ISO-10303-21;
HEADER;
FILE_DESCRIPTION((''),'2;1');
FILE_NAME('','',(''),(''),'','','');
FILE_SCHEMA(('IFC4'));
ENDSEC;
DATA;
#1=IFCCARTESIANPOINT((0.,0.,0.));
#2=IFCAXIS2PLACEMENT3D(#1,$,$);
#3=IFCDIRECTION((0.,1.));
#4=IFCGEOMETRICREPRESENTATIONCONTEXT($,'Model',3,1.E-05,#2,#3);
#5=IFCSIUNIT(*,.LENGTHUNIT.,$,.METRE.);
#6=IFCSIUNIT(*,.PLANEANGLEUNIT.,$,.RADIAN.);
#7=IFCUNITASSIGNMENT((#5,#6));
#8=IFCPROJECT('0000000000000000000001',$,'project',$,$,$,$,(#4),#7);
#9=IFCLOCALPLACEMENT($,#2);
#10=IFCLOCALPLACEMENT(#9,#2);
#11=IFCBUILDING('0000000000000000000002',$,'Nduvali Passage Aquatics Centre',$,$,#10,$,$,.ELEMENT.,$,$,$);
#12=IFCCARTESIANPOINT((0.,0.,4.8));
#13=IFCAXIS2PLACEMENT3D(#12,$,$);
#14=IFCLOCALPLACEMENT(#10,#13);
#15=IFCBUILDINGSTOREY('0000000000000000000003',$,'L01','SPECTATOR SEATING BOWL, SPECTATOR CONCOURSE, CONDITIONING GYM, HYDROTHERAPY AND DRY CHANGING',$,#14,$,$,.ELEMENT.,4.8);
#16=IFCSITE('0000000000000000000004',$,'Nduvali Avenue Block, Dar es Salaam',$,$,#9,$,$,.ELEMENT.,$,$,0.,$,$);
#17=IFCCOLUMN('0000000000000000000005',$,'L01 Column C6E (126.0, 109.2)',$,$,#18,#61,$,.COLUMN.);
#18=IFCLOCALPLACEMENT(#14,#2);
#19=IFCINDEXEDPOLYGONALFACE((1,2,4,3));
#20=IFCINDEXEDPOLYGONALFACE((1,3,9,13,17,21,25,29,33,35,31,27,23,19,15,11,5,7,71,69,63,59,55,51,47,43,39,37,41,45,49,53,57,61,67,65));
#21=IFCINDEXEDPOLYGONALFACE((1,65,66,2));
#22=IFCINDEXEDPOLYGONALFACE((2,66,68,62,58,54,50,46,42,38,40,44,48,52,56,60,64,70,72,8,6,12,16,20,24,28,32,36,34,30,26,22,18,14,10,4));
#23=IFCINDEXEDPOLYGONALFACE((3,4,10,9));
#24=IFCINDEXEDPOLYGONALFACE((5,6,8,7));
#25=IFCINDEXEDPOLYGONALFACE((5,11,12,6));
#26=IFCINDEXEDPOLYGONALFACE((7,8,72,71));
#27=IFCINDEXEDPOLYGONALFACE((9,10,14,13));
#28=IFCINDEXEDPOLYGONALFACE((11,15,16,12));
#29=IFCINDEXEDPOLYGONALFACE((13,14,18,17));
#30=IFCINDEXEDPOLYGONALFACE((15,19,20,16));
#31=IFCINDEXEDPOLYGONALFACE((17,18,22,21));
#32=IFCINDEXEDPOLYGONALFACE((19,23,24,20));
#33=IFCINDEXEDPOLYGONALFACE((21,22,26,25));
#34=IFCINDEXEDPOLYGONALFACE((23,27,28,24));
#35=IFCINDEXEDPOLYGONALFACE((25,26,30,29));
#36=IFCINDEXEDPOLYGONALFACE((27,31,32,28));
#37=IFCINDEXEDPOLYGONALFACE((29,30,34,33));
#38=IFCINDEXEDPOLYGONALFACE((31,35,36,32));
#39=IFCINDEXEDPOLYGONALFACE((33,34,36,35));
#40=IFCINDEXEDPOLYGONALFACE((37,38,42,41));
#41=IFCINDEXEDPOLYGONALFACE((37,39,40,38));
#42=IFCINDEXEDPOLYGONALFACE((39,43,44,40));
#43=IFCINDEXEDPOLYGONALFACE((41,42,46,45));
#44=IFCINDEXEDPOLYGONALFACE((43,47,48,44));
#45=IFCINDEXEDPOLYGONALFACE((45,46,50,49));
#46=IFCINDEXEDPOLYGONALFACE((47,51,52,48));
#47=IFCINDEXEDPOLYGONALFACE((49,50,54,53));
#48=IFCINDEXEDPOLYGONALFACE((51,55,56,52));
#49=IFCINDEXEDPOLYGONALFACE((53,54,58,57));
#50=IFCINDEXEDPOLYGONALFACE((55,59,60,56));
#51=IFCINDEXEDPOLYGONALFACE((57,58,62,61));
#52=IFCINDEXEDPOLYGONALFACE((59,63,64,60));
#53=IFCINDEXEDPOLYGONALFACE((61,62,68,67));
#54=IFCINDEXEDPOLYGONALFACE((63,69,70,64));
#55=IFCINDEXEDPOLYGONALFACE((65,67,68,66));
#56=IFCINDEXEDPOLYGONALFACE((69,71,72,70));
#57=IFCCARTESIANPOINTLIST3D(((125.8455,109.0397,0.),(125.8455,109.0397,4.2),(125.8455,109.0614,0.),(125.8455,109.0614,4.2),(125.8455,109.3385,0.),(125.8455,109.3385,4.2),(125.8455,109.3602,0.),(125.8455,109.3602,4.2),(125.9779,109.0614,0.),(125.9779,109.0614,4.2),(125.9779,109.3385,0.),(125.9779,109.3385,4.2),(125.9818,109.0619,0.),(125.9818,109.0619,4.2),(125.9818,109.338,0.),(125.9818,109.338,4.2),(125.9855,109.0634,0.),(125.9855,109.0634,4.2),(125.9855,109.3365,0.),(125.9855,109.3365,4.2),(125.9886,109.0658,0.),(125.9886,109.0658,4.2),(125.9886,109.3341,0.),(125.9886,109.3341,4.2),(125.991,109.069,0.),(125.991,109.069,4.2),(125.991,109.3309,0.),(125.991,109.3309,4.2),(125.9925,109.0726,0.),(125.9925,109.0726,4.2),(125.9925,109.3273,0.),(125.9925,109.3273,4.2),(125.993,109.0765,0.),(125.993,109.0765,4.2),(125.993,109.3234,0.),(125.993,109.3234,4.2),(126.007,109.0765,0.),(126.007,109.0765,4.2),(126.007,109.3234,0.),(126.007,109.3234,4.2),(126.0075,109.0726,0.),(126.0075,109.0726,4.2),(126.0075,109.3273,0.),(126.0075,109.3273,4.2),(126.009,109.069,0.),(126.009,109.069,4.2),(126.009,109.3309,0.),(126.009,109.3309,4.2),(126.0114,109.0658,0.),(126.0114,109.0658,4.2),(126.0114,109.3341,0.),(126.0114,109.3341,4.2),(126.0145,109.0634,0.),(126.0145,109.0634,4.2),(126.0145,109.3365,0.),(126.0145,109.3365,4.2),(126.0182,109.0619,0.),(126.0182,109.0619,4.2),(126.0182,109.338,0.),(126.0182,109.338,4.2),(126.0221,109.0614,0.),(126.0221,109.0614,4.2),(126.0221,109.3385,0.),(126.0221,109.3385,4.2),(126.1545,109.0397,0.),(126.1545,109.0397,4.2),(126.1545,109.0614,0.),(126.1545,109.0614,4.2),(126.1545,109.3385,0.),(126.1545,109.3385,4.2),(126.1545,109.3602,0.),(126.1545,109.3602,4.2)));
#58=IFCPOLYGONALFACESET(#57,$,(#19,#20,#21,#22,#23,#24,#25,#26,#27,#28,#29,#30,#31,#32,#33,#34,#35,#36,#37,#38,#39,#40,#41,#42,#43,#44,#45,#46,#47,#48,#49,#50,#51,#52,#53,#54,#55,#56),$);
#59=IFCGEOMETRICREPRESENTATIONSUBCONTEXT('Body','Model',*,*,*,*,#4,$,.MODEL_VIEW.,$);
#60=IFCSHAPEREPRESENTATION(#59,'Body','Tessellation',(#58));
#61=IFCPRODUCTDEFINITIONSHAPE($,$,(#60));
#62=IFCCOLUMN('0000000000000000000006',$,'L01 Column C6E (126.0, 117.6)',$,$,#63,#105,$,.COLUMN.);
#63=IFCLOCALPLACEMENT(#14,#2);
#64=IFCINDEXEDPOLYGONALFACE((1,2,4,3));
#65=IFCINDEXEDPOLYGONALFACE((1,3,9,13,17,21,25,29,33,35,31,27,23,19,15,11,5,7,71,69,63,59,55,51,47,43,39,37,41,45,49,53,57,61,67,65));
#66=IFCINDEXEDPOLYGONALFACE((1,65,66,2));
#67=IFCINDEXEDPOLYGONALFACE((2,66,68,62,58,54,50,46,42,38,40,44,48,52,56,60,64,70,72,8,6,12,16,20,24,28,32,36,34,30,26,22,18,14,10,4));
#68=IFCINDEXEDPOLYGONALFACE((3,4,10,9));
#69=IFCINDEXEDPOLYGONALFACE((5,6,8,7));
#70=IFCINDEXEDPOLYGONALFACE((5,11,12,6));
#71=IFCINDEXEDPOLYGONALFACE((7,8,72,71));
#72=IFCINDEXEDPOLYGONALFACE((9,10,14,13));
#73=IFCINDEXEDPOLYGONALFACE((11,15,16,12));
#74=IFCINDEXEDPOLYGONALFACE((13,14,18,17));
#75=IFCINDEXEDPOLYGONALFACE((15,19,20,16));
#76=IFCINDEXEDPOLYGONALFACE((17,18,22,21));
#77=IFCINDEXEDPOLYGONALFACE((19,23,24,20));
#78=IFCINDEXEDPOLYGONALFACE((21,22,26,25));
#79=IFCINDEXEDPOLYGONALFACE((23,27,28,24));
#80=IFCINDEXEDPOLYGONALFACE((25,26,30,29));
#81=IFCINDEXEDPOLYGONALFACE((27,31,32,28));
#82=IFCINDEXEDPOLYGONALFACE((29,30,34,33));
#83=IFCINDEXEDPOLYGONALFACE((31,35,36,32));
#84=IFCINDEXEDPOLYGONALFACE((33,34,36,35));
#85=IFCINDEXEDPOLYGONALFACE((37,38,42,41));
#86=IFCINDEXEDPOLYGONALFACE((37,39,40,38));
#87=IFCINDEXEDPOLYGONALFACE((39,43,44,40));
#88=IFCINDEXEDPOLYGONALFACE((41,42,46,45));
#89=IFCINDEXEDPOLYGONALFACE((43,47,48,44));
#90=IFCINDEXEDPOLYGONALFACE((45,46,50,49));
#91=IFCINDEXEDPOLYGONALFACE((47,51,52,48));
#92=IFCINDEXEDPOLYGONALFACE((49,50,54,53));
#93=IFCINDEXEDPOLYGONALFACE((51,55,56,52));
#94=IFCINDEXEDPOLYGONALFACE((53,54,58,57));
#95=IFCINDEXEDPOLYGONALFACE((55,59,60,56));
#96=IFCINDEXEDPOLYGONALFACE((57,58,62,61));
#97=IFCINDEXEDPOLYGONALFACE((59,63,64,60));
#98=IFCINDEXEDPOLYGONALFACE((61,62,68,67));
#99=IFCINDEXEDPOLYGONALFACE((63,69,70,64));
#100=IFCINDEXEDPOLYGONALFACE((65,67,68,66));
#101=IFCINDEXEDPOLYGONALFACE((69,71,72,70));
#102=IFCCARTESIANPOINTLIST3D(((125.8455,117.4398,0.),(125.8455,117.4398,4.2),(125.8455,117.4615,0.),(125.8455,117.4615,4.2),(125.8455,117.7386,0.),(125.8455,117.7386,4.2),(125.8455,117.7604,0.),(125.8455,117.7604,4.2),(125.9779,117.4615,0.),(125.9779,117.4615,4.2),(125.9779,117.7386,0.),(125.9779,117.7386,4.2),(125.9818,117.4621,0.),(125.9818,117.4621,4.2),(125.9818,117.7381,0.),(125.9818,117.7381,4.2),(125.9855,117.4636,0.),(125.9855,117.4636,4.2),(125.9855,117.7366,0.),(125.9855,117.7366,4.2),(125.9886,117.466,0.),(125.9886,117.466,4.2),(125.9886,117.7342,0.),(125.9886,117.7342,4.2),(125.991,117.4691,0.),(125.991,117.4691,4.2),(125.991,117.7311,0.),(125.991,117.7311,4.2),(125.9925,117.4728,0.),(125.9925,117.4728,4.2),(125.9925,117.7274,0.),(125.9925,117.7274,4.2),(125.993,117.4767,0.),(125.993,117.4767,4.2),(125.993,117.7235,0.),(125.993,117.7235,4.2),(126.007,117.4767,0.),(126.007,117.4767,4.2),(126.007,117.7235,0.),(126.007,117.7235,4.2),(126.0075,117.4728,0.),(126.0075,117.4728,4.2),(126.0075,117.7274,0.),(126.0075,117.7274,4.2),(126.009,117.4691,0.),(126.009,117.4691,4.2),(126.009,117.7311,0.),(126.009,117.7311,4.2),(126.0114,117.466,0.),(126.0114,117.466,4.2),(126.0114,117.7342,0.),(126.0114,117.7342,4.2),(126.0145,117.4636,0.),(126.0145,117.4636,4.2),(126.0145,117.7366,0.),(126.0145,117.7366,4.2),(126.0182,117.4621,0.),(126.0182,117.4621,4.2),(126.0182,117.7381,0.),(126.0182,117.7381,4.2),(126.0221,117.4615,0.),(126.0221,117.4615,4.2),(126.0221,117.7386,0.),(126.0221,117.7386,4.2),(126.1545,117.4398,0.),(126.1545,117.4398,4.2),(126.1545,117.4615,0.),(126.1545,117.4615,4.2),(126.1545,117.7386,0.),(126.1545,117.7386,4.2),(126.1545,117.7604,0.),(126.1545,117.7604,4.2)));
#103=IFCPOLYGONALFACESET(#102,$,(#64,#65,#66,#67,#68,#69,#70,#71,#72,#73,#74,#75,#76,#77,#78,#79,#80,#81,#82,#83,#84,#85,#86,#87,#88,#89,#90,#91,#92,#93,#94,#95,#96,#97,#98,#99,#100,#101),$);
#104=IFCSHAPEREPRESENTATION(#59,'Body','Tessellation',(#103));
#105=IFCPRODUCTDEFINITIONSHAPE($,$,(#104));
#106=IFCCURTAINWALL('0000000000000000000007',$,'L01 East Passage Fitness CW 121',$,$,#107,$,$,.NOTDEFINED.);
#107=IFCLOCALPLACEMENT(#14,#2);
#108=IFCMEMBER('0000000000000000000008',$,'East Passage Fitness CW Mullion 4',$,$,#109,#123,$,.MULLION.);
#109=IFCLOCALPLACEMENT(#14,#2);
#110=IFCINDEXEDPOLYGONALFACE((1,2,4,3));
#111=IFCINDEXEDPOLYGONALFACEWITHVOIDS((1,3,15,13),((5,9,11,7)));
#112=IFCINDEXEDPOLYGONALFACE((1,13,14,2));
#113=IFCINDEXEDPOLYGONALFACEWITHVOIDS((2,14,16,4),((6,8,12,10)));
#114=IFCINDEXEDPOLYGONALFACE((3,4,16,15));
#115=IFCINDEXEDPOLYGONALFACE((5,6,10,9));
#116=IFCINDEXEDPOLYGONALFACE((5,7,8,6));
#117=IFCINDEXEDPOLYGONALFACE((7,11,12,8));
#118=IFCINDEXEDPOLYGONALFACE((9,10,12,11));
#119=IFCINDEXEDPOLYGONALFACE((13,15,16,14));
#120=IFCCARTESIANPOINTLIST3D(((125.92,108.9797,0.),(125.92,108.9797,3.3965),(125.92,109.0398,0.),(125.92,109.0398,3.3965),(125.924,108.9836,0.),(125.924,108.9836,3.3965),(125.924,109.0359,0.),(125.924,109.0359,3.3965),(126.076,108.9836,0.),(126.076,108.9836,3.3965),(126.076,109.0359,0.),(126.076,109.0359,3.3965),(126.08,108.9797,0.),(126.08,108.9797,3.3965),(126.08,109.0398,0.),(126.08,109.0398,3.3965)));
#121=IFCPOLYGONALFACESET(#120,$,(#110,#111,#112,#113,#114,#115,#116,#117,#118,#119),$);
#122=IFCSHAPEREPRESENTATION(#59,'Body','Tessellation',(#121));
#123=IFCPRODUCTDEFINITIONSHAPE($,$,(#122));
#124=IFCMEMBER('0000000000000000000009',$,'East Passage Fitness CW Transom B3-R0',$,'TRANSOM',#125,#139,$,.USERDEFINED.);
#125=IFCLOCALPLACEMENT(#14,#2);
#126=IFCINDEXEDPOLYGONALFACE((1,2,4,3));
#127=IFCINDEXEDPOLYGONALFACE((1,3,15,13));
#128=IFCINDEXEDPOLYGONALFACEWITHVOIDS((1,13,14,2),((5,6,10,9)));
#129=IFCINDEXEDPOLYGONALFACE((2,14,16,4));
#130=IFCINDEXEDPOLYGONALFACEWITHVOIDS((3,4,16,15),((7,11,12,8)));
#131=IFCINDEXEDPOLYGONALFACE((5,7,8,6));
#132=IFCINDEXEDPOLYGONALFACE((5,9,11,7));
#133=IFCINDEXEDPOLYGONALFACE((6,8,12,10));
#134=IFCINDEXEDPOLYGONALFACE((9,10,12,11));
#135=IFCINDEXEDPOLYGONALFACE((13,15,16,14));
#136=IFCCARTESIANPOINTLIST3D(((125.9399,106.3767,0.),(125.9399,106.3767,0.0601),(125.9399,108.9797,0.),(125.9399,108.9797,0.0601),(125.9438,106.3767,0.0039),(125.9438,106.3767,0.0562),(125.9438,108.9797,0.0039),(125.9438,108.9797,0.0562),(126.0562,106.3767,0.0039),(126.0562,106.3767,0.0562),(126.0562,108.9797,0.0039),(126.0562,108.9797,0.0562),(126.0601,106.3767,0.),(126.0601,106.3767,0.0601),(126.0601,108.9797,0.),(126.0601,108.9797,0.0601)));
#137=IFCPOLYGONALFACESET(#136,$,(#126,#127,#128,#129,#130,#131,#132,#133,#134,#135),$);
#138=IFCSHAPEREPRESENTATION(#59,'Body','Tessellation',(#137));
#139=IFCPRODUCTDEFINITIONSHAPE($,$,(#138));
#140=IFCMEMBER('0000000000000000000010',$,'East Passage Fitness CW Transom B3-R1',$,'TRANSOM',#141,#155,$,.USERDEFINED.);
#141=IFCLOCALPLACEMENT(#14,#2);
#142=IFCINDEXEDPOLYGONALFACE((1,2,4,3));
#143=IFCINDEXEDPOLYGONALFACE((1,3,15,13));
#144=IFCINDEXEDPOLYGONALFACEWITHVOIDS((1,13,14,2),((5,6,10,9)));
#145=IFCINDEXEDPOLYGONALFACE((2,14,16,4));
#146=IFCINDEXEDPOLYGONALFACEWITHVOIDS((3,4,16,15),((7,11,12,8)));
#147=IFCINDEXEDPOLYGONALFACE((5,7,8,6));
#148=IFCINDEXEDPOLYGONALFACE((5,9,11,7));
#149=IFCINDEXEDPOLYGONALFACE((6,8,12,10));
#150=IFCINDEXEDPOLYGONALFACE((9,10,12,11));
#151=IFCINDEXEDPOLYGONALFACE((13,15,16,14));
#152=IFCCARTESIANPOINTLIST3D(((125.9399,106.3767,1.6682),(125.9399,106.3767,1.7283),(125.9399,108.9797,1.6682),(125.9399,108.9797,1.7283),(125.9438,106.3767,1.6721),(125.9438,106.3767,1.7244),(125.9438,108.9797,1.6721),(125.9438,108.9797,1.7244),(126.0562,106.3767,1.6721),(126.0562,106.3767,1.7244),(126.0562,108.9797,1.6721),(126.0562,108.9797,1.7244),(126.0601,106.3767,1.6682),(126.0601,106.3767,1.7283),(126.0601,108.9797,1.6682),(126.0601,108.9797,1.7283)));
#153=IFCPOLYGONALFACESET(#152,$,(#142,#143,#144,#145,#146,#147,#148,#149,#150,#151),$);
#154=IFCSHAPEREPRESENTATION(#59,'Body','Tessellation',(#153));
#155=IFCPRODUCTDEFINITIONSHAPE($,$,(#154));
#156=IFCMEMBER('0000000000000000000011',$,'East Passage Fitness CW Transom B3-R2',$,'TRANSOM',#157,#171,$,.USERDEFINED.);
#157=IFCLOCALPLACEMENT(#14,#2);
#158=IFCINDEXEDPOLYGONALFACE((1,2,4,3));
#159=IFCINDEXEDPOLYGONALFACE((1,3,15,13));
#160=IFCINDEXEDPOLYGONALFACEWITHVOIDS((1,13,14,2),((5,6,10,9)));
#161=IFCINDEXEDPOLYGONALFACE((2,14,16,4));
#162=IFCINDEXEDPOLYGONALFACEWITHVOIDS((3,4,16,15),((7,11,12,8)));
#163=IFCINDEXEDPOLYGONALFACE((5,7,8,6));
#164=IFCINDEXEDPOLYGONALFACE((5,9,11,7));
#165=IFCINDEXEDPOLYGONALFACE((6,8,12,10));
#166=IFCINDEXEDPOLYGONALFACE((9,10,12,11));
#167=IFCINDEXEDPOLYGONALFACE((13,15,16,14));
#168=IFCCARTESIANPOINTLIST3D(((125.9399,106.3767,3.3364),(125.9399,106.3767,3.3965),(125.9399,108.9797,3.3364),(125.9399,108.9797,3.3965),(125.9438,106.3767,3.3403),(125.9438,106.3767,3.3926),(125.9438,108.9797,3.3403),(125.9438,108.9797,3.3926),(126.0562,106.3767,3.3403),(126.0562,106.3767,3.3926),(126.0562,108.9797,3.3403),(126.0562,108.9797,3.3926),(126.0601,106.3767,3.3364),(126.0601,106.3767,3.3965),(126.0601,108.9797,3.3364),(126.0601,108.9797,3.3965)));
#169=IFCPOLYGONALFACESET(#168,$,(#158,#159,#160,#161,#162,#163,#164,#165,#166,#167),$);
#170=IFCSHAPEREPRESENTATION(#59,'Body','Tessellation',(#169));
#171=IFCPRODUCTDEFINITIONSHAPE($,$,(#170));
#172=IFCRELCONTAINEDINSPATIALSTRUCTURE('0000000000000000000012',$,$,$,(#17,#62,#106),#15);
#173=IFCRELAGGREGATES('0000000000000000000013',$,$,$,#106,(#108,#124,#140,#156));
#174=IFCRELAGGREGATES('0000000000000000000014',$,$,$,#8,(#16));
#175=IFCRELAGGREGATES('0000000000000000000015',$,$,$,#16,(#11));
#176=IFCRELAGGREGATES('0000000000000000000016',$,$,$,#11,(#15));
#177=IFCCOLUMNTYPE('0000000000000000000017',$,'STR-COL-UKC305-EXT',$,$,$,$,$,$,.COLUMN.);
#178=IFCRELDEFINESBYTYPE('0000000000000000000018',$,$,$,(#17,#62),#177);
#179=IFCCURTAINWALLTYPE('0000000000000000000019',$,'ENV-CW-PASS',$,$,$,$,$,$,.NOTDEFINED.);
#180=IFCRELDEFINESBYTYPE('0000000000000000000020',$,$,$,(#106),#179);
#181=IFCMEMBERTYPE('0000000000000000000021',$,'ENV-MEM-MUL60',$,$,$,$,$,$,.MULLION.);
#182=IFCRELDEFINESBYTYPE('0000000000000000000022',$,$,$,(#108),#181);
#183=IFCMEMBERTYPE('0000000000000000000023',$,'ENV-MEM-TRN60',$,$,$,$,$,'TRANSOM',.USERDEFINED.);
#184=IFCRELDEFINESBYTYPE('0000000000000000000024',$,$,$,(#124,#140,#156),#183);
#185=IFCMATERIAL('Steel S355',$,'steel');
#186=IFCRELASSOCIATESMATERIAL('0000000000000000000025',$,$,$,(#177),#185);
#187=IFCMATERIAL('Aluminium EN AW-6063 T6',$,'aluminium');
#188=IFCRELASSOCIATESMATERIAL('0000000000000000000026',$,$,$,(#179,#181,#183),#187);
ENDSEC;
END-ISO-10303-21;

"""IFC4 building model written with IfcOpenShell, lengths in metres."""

from ifc_helpers import new_model, si_unit, direction, frame, origin, origin_2d, place, context, subcontext, project, spatial, hollow_rectangle, i_section, extrude, material, material_profile, profile_set, type_object, element, aggregate, save


model = new_model("IFC4")

# Units and contexts
model_context = context("Model", 3, precision=1e-05, world=origin(), true_north=direction((0.0, 1.0)))
body_context = subcontext(model_context, "Body", "Model", "MODEL_VIEW")
ifc_project = project(units=[si_unit("LENGTHUNIT", "METRE"), si_unit("PLANEANGLEUNIT", "RADIAN")], contexts=[model_context])

# Site, building, storey
site_placement = place(None, origin())
site = spatial("IfcSite", under=ifc_project, at=site_placement, Name="Nduvali Avenue Block, Dar es Salaam", CompositionType="ELEMENT", RefElevation=0.0)
building_placement = place(site_placement, origin())
building = spatial("IfcBuilding", under=site, at=building_placement, Name="Nduvali Passage Aquatics Centre", CompositionType="ELEMENT")
storey_placement = place(building_placement, frame((0.0, 0.0, 4.8)))
storey = spatial("IfcBuildingStorey", under=building, at=storey_placement, Name="L01", Description="SPECTATOR SEATING BOWL, SPECTATOR CONCOURSE, CONDITIONING GYM, HYDROTHERAPY AND DRY CHANGING", CompositionType="ELEMENT", Elevation=4.8)

# Columns
ifc_material_1 = material(Name="Steel S355", Category="steel")
ifc_material_profile_1 = material_profile(ifc_material_1, i_section(OverallWidth=0.3091, OverallDepth=0.3206, WebThickness=0.0139, FlangeThickness=0.0217, FilletRadius=0.0151, at=origin_2d()), Name="UKC 305x305x137")
ifc_profile_set_1 = profile_set([ifc_material_profile_1], Name="Steel S355")
column_type = type_object("IfcColumnType", Name="STR-COL-UKC305-EXT", PredefinedType="COLUMN", material=ifc_profile_set_1)
for number, where, z_axis, x_axis, name in (
    (1, (126.0, 109.2, 0.0), (0.0, 0.0, 1.0), (1.0, 0.0, 0.0), "L01 Column C6E (126.0, 109.2)"),
    (2, (126.0, 117.6001, 0.0), (0.0, 0.0, 1.0), (1.0, 0.0, 0.0), "L01 Column C6E (126.0, 117.6)"),
):
    element("IfcColumn", number, at=place(storey_placement, frame(where, z_axis=z_axis, x_axis=x_axis)), inside=storey, type_object=column_type, Name=name, PredefinedType="COLUMN", context=body_context, shape_type="SweptSolid", body=[
        extrude(i_section(OverallWidth=0.3091, OverallDepth=0.3206, WebThickness=0.0139, FlangeThickness=0.0217, FilletRadius=0.0151, at=origin_2d()), origin(), (0.0, 0.0, 1.0), 4.2),
    ])

# Curtain wall, members
ifc_material_2 = material(Name="Aluminium EN AW-6063 T6", Category="aluminium")
curtain_wall_type = type_object("IfcCurtainWallType", Name="ENV-CW-PASS", PredefinedType="NOTDEFINED", material=ifc_material_2)
curtain_wall_placement = place(storey_placement, origin())
curtain_wall = element("IfcCurtainWall", 3, at=curtain_wall_placement, inside=storey, type_object=curtain_wall_type, Name="L01 East Passage Fitness CW 121", PredefinedType="NOTDEFINED")
ifc_material_profile_2 = material_profile(ifc_material_2, hollow_rectangle(XDim=0.0601, YDim=0.1599, WallThickness=0.0039, at=origin_2d()), Name="ALU MULLION 60x160x4")
ifc_profile_set_2 = profile_set([ifc_material_profile_2], Name="Aluminium EN AW-6063 T6")
member_type_1 = type_object("IfcMemberType", Name="ENV-MEM-MUL60", PredefinedType="MULLION", material=ifc_profile_set_2)
member_1_placement = place(storey_placement, frame((126.0, 109.0098, 0.0), z_axis=(0.0, 0.0, 1.0), x_axis=(0.0, 1.0, 0.0)))
member_1 = element("IfcMember", 4, at=member_1_placement, type_object=member_type_1, Name="East Passage Fitness CW Mullion 4", PredefinedType="MULLION", context=body_context, shape_type="SweptSolid", body=[
    extrude(hollow_rectangle(XDim=0.0601, YDim=0.1599, WallThickness=0.0039, at=origin_2d()), origin(), (0.0, 0.0, 1.0), 3.3965),
])
ifc_material_profile_3 = material_profile(ifc_material_2, hollow_rectangle(XDim=0.1201, YDim=0.0601, WallThickness=0.0039, at=origin_2d()), Name="ALU TRANSOM 120x60x4")
ifc_profile_set_3 = profile_set([ifc_material_profile_3], Name="Aluminium EN AW-6063 T6")
member_type_2 = type_object("IfcMemberType", Name="ENV-MEM-TRN60", ElementType="TRANSOM", PredefinedType="USERDEFINED", material=ifc_profile_set_3)
member_2_placement = place(storey_placement, frame((126.0, 106.3767, 0.03), z_axis=(0.0, 1.0, 0.0), x_axis=(-1.0, 0.0, 0.0)))
member_2 = element("IfcMember", 5, at=member_2_placement, type_object=member_type_2, Name="East Passage Fitness CW Transom B3-R0", ObjectType="TRANSOM", PredefinedType="USERDEFINED", context=body_context, shape_type="SweptSolid", body=[
    extrude(hollow_rectangle(XDim=0.1201, YDim=0.0601, WallThickness=0.0039, at=origin_2d()), origin(), (0.0, 0.0, 1.0), 2.603),
])
member_3_placement = place(storey_placement, frame((126.0, 106.3767, 1.6982), z_axis=(0.0, 1.0, 0.0), x_axis=(-1.0, 0.0, 0.0)))
member_3 = element("IfcMember", 6, at=member_3_placement, type_object=member_type_2, Name="East Passage Fitness CW Transom B3-R1", ObjectType="TRANSOM", PredefinedType="USERDEFINED", context=body_context, shape_type="SweptSolid", body=[
    extrude(hollow_rectangle(XDim=0.1201, YDim=0.0601, WallThickness=0.0039, at=origin_2d()), origin(), (0.0, 0.0, 1.0), 2.603),
])
member_4_placement = place(storey_placement, frame((126.0, 106.3767, 3.3665), z_axis=(0.0, 1.0, 0.0), x_axis=(-1.0, 0.0, 0.0)))
member_4 = element("IfcMember", 7, at=member_4_placement, type_object=member_type_2, Name="East Passage Fitness CW Transom B3-R2", ObjectType="TRANSOM", PredefinedType="USERDEFINED", context=body_context, shape_type="SweptSolid", body=[
    extrude(hollow_rectangle(XDim=0.1201, YDim=0.0601, WallThickness=0.0039, at=origin_2d()), origin(), (0.0, 0.0, 1.0), 2.603),
])

aggregate(curtain_wall, [member_1, member_2, member_3, member_4])

save(model, "model.ifc")
